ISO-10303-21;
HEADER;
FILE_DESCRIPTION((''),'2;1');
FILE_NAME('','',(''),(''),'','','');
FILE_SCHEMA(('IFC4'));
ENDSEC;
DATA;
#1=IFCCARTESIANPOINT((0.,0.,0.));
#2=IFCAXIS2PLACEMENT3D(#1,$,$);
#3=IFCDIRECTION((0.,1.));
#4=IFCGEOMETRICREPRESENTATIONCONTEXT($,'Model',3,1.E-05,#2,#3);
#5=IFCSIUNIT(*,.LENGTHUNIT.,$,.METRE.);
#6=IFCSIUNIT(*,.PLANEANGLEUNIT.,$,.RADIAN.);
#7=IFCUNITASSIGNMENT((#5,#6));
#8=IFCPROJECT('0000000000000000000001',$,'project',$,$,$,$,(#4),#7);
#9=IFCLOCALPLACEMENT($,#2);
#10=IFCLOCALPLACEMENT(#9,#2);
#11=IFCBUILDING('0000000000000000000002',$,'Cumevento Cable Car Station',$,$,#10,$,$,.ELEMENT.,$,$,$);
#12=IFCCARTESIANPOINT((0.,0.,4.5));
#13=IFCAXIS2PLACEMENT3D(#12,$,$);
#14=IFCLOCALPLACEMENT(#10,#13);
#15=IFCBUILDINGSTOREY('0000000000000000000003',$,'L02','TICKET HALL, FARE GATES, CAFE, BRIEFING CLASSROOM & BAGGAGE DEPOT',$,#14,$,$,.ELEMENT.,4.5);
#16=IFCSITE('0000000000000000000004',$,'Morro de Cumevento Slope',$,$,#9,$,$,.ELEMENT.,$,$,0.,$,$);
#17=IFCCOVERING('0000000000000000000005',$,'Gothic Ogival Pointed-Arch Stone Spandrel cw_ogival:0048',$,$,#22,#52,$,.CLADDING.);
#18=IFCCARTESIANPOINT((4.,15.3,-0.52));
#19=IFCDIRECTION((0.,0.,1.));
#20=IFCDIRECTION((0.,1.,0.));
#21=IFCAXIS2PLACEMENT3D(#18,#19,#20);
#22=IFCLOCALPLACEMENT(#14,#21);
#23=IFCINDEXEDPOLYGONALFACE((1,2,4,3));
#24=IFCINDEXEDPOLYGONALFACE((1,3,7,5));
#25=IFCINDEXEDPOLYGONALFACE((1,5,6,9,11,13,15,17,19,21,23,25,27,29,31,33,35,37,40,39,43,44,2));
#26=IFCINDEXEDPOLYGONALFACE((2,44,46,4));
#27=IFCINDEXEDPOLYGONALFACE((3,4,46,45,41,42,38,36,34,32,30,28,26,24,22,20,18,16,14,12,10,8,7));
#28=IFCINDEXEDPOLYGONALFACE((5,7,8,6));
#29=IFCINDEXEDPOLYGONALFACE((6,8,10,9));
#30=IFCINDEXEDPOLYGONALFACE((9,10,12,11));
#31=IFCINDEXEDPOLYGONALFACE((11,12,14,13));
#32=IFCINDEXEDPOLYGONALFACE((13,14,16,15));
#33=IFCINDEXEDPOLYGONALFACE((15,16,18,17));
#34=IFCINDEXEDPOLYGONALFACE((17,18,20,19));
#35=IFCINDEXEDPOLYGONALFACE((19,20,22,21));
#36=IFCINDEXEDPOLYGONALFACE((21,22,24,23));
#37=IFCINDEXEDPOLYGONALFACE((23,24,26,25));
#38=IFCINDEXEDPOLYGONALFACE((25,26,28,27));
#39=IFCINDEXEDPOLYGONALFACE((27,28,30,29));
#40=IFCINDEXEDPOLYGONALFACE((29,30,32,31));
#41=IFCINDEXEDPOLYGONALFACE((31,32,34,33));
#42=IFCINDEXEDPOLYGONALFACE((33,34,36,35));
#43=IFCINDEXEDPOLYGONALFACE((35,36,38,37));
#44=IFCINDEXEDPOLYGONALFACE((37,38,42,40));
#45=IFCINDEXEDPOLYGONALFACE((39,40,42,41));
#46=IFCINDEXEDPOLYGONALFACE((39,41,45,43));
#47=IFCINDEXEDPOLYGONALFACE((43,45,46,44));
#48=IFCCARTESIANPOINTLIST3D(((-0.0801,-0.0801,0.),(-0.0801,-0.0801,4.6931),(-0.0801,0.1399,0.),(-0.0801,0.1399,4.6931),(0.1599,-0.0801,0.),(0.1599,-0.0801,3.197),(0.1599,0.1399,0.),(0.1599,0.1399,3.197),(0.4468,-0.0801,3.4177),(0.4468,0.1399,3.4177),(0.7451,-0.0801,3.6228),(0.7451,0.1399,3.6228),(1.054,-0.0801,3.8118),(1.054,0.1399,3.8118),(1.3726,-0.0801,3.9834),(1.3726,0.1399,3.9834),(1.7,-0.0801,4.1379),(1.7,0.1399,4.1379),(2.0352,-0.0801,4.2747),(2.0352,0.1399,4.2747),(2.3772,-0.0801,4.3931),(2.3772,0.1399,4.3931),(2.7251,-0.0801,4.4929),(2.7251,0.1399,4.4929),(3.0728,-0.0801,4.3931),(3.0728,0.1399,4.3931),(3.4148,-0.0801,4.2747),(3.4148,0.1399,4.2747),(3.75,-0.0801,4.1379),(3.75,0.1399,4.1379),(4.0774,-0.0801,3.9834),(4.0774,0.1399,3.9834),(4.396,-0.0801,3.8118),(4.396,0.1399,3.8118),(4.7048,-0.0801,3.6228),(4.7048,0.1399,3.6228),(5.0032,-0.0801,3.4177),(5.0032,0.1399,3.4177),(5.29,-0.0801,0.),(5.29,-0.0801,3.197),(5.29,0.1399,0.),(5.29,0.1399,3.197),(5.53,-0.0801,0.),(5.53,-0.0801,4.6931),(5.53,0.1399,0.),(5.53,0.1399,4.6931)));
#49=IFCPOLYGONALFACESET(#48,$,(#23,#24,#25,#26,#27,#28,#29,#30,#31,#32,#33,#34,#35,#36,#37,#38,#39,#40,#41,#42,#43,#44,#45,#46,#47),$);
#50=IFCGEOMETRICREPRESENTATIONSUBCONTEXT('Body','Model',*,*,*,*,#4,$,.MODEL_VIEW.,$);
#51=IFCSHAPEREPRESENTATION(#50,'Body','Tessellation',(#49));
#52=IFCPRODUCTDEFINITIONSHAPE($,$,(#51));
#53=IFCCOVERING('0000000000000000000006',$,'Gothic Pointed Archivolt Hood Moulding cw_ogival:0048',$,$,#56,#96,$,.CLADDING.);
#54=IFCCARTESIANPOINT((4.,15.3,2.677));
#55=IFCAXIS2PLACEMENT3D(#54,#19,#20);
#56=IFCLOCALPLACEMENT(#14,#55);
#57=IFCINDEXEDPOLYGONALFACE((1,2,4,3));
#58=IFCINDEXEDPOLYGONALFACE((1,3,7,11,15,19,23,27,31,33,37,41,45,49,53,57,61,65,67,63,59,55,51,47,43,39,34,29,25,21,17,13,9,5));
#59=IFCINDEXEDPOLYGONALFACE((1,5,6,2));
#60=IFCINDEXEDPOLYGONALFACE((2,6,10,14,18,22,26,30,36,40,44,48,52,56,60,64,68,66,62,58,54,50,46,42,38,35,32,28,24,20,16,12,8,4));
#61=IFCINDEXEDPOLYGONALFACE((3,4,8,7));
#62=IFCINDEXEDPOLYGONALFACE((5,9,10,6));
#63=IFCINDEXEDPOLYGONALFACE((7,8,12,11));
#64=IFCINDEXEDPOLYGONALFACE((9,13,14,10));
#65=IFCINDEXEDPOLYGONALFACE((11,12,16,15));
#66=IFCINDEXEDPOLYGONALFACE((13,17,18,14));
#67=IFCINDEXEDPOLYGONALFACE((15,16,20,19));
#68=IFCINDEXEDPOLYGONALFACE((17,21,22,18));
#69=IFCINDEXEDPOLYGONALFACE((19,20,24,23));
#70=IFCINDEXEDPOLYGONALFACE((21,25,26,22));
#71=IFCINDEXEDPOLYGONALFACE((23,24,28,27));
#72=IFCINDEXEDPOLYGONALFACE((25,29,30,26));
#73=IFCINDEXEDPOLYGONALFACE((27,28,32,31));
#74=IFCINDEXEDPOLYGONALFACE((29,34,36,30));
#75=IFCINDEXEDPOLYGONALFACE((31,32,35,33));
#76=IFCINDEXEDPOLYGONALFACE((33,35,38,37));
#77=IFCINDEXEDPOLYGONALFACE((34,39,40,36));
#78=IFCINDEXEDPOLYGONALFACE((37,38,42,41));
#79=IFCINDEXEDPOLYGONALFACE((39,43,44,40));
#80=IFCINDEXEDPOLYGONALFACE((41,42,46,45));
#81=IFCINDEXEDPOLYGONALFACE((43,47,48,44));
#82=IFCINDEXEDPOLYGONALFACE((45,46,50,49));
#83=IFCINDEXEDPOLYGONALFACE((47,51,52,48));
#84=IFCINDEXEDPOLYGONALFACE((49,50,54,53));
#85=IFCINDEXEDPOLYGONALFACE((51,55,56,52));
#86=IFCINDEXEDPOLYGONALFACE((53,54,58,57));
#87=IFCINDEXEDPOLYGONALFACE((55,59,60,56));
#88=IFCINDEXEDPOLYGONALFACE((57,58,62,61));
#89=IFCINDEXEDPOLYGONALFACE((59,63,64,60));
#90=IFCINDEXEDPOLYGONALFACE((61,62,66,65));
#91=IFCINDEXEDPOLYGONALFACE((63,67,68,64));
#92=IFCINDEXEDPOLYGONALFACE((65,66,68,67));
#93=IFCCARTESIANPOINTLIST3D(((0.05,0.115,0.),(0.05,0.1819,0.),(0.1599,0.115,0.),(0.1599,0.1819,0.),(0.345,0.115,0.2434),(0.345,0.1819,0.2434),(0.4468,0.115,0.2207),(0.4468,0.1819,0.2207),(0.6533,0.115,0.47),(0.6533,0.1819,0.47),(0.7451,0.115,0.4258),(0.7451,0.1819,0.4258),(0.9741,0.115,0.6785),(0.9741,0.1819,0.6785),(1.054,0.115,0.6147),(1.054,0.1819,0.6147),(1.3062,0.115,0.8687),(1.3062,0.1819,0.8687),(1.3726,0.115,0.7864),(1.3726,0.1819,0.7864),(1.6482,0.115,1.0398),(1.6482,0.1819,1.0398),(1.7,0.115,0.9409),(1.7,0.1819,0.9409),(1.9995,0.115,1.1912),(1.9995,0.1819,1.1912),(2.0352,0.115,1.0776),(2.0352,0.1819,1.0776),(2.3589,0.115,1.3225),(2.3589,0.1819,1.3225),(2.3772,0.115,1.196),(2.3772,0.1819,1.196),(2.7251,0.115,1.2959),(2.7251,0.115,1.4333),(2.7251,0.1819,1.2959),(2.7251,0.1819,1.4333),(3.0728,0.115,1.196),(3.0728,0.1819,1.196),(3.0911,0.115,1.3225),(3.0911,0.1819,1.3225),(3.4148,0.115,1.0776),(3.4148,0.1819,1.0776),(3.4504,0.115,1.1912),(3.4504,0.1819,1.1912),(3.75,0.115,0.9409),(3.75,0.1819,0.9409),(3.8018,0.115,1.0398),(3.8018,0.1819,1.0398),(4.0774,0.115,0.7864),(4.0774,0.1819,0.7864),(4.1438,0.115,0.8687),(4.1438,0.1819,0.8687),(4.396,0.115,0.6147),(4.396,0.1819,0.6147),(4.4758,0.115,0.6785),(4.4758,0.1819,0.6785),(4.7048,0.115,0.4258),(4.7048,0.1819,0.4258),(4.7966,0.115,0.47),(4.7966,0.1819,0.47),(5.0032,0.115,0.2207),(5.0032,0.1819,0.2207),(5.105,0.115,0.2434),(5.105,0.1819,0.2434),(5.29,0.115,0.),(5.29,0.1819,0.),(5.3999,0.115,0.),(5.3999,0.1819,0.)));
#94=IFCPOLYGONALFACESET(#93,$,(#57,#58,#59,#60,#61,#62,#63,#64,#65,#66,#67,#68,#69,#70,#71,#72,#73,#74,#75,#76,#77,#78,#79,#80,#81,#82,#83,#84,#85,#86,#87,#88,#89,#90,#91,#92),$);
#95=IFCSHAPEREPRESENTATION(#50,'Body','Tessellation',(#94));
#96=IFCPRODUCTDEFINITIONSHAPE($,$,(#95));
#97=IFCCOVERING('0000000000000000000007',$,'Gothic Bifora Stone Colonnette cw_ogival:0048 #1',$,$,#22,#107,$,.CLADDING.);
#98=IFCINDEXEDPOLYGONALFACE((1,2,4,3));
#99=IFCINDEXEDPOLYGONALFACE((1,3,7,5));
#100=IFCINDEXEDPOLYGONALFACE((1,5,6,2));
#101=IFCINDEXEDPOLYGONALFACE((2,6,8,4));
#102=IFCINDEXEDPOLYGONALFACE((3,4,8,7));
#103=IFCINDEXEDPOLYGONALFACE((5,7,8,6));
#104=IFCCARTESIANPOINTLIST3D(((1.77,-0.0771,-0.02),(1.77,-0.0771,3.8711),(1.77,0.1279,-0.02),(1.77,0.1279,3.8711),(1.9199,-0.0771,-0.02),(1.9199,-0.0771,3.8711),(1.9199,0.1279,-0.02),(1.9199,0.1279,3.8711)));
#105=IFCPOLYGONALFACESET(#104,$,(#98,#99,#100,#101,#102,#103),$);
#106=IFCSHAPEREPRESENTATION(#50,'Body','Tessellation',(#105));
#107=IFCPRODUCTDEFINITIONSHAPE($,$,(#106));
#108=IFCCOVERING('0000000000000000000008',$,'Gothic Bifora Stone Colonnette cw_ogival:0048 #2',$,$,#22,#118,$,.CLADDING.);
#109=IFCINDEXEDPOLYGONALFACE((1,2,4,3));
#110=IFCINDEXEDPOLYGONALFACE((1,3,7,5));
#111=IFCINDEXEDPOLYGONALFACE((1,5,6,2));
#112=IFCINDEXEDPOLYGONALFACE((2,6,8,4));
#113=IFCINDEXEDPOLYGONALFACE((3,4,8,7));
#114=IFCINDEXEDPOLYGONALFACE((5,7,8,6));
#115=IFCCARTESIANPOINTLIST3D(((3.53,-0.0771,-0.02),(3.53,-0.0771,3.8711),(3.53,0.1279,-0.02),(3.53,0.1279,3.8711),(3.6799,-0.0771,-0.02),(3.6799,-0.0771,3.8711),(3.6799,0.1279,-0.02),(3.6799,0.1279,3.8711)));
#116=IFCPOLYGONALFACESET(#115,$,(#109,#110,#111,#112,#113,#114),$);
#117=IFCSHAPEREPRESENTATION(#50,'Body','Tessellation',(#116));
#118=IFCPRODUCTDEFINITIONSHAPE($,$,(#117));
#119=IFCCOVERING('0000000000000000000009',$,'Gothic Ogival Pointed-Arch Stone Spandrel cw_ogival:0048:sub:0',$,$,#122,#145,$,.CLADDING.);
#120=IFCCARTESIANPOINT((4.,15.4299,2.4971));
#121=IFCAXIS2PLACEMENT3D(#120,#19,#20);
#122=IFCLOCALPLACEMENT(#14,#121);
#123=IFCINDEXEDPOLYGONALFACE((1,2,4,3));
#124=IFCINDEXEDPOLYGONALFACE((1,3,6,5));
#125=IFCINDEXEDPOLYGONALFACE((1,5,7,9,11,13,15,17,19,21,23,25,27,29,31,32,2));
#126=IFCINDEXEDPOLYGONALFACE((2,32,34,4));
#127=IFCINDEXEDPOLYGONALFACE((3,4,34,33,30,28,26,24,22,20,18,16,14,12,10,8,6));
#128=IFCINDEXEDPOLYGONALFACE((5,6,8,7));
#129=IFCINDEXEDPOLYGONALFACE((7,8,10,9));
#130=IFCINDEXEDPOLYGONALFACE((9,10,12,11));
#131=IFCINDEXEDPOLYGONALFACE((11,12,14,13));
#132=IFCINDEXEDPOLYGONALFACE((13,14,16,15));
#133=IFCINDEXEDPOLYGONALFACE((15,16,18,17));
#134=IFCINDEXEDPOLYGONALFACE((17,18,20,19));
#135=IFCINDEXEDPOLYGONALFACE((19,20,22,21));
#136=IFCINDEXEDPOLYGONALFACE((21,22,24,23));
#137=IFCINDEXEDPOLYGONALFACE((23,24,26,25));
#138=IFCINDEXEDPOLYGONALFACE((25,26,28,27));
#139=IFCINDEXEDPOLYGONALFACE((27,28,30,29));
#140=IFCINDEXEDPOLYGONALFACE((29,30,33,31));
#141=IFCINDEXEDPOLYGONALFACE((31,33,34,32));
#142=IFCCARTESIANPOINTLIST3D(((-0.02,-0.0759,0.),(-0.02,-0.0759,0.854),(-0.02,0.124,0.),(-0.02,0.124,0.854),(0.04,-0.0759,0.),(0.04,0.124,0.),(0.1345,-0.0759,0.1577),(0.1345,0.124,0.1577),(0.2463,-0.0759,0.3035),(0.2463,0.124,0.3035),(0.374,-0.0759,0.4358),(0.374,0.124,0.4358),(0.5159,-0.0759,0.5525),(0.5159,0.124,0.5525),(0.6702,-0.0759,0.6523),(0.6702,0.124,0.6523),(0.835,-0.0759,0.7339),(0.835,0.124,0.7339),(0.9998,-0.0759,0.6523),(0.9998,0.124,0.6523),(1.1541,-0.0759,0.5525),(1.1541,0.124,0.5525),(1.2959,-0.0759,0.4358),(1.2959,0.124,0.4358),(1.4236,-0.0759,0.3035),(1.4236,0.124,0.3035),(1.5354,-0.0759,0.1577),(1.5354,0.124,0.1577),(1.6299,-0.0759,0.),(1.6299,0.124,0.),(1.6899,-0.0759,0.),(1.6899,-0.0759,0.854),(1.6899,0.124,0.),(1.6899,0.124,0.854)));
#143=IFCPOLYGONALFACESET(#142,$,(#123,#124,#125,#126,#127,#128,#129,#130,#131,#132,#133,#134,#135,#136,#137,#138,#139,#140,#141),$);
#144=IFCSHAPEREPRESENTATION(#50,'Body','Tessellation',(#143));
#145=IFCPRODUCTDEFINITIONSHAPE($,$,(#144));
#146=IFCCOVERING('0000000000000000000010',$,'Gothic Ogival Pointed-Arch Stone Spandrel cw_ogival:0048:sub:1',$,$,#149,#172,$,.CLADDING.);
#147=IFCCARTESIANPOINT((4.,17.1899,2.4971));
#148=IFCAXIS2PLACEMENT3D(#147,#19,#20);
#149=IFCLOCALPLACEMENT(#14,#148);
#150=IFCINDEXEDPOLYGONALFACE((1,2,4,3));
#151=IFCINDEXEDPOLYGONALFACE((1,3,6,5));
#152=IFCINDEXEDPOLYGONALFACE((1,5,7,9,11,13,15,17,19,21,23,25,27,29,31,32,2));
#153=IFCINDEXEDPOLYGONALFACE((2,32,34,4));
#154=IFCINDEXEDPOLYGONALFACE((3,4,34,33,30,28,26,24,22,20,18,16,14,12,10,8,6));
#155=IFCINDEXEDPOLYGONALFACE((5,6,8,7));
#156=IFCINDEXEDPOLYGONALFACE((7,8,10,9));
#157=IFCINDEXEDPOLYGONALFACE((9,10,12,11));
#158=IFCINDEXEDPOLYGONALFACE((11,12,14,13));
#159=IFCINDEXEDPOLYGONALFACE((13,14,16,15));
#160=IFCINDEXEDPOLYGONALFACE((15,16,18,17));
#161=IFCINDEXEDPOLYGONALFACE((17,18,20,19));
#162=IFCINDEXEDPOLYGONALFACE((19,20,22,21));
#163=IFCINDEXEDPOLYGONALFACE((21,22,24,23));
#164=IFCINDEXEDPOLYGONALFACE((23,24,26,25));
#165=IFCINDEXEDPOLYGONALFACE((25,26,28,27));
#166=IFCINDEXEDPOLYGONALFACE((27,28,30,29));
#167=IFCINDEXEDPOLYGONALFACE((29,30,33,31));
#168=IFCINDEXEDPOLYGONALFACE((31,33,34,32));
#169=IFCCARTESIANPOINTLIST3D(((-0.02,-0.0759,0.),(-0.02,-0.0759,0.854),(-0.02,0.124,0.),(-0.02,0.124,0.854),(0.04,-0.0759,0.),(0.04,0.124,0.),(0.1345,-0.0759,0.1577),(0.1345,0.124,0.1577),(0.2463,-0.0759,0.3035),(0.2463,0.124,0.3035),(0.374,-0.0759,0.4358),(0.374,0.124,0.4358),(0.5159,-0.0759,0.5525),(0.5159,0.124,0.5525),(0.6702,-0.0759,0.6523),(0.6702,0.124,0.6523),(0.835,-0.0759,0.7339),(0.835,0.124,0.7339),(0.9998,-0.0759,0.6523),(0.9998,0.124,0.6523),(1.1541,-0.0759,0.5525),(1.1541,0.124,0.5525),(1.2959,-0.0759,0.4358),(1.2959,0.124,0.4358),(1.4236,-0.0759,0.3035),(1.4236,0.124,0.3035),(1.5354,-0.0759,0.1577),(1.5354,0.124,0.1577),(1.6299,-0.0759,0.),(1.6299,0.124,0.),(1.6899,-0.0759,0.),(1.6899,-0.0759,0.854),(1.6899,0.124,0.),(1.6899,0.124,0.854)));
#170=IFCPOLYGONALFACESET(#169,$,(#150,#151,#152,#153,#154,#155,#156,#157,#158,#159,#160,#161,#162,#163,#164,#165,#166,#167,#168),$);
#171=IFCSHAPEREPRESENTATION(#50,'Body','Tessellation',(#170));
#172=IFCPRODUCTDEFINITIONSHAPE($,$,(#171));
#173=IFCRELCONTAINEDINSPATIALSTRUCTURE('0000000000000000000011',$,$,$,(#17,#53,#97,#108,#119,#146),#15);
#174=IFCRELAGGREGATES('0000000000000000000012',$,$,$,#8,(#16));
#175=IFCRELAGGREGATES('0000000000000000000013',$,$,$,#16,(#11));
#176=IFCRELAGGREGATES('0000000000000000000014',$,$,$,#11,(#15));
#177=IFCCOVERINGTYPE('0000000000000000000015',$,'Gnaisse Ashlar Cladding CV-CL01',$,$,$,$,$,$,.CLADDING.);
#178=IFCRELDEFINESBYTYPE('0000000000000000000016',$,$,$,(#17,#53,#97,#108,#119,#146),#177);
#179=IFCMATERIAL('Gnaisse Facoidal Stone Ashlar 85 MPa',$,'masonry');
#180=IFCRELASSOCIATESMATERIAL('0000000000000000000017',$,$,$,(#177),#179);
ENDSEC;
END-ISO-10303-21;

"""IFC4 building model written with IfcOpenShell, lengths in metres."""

from ifc_helpers import new_model, si_unit, direction, frame, origin, place, context, subcontext, project, spatial, polyline, outline, extrude, material, type_object, element, save


model = new_model("IFC4")

# Units and contexts
model_context = context("Model", 3, precision=1e-05, world=origin(), true_north=direction((0.0, 1.0)))
body_context = subcontext(model_context, "Body", "Model", "MODEL_VIEW")
ifc_project = project(units=[si_unit("LENGTHUNIT", "METRE"), si_unit("PLANEANGLEUNIT", "RADIAN")], contexts=[model_context])

# Site, building, storey
site_placement = place(None, origin())
site = spatial("IfcSite", under=ifc_project, at=site_placement, Name="Morro de Cumevento Slope", CompositionType="ELEMENT", RefElevation=0.0)
building_placement = place(site_placement, origin())
building = spatial("IfcBuilding", under=site, at=building_placement, Name="Cumevento Cable Car Station", CompositionType="ELEMENT")
storey_placement = place(building_placement, frame((0.0, 0.0, 4.5)))
storey = spatial("IfcBuildingStorey", under=building, at=storey_placement, Name="L02", Description="TICKET HALL, FARE GATES, CAFE, BRIEFING CLASSROOM & BAGGAGE DEPOT", CompositionType="ELEMENT", Elevation=4.5)

# Coverings
ifc_material_1 = material(Name="Gnaisse Facoidal Stone Ashlar 85 MPa", Category="masonry")
covering_type = type_object("IfcCoveringType", Name="Gnaisse Ashlar Cladding CV-CL01", PredefinedType="CLADDING", material=ifc_material_1)
placement = place(storey_placement, frame((4.0, 15.3, -0.52), z_axis=(0.0, 0.0, 1.0), x_axis=(0.0, 1.0, 0.0)))
element("IfcCovering", 1, at=placement, inside=storey, type_object=covering_type, Name="Gothic Ogival Pointed-Arch Stone Spandrel cw_ogival:0048", PredefinedType="CLADDING", context=body_context, shape_type="SweptSolid", body=[
    extrude(outline(polyline([(-0.0801, 0.0), (-0.0801, 4.6931), (5.53, 4.6931), (5.53, 0.0), (5.29, 0.0), (5.29, 3.197), (5.0032, 3.4177), (4.7048, 3.6228), (4.396, 3.8118), (4.0774, 3.9834), (3.75, 4.1379), (3.4148, 4.2747), (3.0728, 4.3931), (2.7251, 4.4929), (2.3772, 4.3931), (2.0352, 4.2747), (1.7, 4.1379), (1.3726, 3.9834), (1.054, 3.8118), (0.7451, 3.6228), (0.4468, 3.4177), (0.1599, 3.197), (0.1599, 0.0), (-0.0801, 0.0)])), frame((0.0, 0.1399, 0.0), z_axis=(0.0, -1.0, 0.0), x_axis=(1.0, 0.0, 0.0)), (0.0, 0.0, 1.0), 0.22),
])
covering_1_placement = place(storey_placement, frame((4.0, 15.3, 2.677), z_axis=(0.0, 0.0, 1.0), x_axis=(0.0, 1.0, 0.0)))
element("IfcCovering", 2, at=covering_1_placement, inside=storey, type_object=covering_type, Name="Gothic Pointed Archivolt Hood Moulding cw_ogival:0048", PredefinedType="CLADDING", context=body_context, shape_type="SweptSolid", body=[
    extrude(outline(polyline([(0.1599, 0.0), (0.4468, 0.2207), (0.7451, 0.4258), (1.054, 0.6147), (1.3726, 0.7864), (1.7, 0.9409), (2.0352, 1.0776), (2.3772, 1.196), (2.7251, 1.2959), (3.0728, 1.196), (3.4148, 1.0776), (3.75, 0.9409), (4.0774, 0.7864), (4.396, 0.6147), (4.7048, 0.4258), (5.0032, 0.2207), (5.29, 0.0), (5.3999, 0.0), (5.105, 0.2434), (4.7966, 0.47), (4.4758, 0.6785), (4.1438, 0.8687), (3.8018, 1.0398), (3.4504, 1.1912), (3.0911, 1.3225), (2.7251, 1.4333), (2.3589, 1.3225), (1.9995, 1.1912), (1.6482, 1.0398), (1.3062, 0.8687), (0.9741, 0.6785), (0.6533, 0.47), (0.345, 0.2434), (0.05, 0.0), (0.1599, 0.0)])), frame((0.0, 0.1819, 0.0), z_axis=(0.0, -1.0, 0.0), x_axis=(1.0, 0.0, 0.0)), (0.0, 0.0, 1.0), 0.0669),
])
element("IfcCovering", 3, at=placement, inside=storey, type_object=covering_type, Name="Gothic Bifora Stone Colonnette cw_ogival:0048 #1", PredefinedType="CLADDING", context=body_context, shape_type="SweptSolid", body=[
    extrude(outline(polyline([(1.77, -0.02), (1.9199, -0.02), (1.9199, 3.8711), (1.77, 3.8711), (1.77, -0.02)])), frame((0.0, 0.1279, 0.0), z_axis=(0.0, -1.0, 0.0), x_axis=(1.0, 0.0, 0.0)), (0.0, 0.0, 1.0), 0.2051),
])
element("IfcCovering", 4, at=placement, inside=storey, type_object=covering_type, Name="Gothic Bifora Stone Colonnette cw_ogival:0048 #2", PredefinedType="CLADDING", context=body_context, shape_type="SweptSolid", body=[
    extrude(outline(polyline([(3.53, -0.02), (3.6799, -0.02), (3.6799, 3.8711), (3.53, 3.8711), (3.53, -0.02)])), frame((0.0, 0.1279, 0.0), z_axis=(0.0, -1.0, 0.0), x_axis=(1.0, 0.0, 0.0)), (0.0, 0.0, 1.0), 0.2051),
])
for number, where, z_axis, x_axis, name in (
    (5, (4.0, 15.4299, 2.4971), (0.0, 0.0, 1.0), (0.0, 1.0, 0.0), "Gothic Ogival Pointed-Arch Stone Spandrel cw_ogival:0048:sub:0"),
    (6, (4.0, 17.1899, 2.4971), (0.0, 0.0, 1.0), (0.0, 1.0, 0.0), "Gothic Ogival Pointed-Arch Stone Spandrel cw_ogival:0048:sub:1"),
):
    element("IfcCovering", number, at=place(storey_placement, frame(where, z_axis=z_axis, x_axis=x_axis)), inside=storey, type_object=covering_type, Name=name, PredefinedType="CLADDING", context=body_context, shape_type="SweptSolid", body=[
        extrude(outline(polyline([(-0.02, 0.0), (-0.02, 0.854), (1.6899, 0.854), (1.6899, 0.0), (1.6299, 0.0), (1.5354, 0.1577), (1.4236, 0.3035), (1.2959, 0.4358), (1.1541, 0.5525), (0.9998, 0.6523), (0.835, 0.7339), (0.6702, 0.6523), (0.5159, 0.5525), (0.374, 0.4358), (0.2463, 0.3035), (0.1345, 0.1577), (0.04, 0.0), (-0.02, 0.0)])), frame((0.0, 0.124, 0.0), z_axis=(0.0, -1.0, 0.0), x_axis=(1.0, 0.0, 0.0)), (0.0, 0.0, 1.0), 0.2),
    ])

save(model, "model.ifc")
